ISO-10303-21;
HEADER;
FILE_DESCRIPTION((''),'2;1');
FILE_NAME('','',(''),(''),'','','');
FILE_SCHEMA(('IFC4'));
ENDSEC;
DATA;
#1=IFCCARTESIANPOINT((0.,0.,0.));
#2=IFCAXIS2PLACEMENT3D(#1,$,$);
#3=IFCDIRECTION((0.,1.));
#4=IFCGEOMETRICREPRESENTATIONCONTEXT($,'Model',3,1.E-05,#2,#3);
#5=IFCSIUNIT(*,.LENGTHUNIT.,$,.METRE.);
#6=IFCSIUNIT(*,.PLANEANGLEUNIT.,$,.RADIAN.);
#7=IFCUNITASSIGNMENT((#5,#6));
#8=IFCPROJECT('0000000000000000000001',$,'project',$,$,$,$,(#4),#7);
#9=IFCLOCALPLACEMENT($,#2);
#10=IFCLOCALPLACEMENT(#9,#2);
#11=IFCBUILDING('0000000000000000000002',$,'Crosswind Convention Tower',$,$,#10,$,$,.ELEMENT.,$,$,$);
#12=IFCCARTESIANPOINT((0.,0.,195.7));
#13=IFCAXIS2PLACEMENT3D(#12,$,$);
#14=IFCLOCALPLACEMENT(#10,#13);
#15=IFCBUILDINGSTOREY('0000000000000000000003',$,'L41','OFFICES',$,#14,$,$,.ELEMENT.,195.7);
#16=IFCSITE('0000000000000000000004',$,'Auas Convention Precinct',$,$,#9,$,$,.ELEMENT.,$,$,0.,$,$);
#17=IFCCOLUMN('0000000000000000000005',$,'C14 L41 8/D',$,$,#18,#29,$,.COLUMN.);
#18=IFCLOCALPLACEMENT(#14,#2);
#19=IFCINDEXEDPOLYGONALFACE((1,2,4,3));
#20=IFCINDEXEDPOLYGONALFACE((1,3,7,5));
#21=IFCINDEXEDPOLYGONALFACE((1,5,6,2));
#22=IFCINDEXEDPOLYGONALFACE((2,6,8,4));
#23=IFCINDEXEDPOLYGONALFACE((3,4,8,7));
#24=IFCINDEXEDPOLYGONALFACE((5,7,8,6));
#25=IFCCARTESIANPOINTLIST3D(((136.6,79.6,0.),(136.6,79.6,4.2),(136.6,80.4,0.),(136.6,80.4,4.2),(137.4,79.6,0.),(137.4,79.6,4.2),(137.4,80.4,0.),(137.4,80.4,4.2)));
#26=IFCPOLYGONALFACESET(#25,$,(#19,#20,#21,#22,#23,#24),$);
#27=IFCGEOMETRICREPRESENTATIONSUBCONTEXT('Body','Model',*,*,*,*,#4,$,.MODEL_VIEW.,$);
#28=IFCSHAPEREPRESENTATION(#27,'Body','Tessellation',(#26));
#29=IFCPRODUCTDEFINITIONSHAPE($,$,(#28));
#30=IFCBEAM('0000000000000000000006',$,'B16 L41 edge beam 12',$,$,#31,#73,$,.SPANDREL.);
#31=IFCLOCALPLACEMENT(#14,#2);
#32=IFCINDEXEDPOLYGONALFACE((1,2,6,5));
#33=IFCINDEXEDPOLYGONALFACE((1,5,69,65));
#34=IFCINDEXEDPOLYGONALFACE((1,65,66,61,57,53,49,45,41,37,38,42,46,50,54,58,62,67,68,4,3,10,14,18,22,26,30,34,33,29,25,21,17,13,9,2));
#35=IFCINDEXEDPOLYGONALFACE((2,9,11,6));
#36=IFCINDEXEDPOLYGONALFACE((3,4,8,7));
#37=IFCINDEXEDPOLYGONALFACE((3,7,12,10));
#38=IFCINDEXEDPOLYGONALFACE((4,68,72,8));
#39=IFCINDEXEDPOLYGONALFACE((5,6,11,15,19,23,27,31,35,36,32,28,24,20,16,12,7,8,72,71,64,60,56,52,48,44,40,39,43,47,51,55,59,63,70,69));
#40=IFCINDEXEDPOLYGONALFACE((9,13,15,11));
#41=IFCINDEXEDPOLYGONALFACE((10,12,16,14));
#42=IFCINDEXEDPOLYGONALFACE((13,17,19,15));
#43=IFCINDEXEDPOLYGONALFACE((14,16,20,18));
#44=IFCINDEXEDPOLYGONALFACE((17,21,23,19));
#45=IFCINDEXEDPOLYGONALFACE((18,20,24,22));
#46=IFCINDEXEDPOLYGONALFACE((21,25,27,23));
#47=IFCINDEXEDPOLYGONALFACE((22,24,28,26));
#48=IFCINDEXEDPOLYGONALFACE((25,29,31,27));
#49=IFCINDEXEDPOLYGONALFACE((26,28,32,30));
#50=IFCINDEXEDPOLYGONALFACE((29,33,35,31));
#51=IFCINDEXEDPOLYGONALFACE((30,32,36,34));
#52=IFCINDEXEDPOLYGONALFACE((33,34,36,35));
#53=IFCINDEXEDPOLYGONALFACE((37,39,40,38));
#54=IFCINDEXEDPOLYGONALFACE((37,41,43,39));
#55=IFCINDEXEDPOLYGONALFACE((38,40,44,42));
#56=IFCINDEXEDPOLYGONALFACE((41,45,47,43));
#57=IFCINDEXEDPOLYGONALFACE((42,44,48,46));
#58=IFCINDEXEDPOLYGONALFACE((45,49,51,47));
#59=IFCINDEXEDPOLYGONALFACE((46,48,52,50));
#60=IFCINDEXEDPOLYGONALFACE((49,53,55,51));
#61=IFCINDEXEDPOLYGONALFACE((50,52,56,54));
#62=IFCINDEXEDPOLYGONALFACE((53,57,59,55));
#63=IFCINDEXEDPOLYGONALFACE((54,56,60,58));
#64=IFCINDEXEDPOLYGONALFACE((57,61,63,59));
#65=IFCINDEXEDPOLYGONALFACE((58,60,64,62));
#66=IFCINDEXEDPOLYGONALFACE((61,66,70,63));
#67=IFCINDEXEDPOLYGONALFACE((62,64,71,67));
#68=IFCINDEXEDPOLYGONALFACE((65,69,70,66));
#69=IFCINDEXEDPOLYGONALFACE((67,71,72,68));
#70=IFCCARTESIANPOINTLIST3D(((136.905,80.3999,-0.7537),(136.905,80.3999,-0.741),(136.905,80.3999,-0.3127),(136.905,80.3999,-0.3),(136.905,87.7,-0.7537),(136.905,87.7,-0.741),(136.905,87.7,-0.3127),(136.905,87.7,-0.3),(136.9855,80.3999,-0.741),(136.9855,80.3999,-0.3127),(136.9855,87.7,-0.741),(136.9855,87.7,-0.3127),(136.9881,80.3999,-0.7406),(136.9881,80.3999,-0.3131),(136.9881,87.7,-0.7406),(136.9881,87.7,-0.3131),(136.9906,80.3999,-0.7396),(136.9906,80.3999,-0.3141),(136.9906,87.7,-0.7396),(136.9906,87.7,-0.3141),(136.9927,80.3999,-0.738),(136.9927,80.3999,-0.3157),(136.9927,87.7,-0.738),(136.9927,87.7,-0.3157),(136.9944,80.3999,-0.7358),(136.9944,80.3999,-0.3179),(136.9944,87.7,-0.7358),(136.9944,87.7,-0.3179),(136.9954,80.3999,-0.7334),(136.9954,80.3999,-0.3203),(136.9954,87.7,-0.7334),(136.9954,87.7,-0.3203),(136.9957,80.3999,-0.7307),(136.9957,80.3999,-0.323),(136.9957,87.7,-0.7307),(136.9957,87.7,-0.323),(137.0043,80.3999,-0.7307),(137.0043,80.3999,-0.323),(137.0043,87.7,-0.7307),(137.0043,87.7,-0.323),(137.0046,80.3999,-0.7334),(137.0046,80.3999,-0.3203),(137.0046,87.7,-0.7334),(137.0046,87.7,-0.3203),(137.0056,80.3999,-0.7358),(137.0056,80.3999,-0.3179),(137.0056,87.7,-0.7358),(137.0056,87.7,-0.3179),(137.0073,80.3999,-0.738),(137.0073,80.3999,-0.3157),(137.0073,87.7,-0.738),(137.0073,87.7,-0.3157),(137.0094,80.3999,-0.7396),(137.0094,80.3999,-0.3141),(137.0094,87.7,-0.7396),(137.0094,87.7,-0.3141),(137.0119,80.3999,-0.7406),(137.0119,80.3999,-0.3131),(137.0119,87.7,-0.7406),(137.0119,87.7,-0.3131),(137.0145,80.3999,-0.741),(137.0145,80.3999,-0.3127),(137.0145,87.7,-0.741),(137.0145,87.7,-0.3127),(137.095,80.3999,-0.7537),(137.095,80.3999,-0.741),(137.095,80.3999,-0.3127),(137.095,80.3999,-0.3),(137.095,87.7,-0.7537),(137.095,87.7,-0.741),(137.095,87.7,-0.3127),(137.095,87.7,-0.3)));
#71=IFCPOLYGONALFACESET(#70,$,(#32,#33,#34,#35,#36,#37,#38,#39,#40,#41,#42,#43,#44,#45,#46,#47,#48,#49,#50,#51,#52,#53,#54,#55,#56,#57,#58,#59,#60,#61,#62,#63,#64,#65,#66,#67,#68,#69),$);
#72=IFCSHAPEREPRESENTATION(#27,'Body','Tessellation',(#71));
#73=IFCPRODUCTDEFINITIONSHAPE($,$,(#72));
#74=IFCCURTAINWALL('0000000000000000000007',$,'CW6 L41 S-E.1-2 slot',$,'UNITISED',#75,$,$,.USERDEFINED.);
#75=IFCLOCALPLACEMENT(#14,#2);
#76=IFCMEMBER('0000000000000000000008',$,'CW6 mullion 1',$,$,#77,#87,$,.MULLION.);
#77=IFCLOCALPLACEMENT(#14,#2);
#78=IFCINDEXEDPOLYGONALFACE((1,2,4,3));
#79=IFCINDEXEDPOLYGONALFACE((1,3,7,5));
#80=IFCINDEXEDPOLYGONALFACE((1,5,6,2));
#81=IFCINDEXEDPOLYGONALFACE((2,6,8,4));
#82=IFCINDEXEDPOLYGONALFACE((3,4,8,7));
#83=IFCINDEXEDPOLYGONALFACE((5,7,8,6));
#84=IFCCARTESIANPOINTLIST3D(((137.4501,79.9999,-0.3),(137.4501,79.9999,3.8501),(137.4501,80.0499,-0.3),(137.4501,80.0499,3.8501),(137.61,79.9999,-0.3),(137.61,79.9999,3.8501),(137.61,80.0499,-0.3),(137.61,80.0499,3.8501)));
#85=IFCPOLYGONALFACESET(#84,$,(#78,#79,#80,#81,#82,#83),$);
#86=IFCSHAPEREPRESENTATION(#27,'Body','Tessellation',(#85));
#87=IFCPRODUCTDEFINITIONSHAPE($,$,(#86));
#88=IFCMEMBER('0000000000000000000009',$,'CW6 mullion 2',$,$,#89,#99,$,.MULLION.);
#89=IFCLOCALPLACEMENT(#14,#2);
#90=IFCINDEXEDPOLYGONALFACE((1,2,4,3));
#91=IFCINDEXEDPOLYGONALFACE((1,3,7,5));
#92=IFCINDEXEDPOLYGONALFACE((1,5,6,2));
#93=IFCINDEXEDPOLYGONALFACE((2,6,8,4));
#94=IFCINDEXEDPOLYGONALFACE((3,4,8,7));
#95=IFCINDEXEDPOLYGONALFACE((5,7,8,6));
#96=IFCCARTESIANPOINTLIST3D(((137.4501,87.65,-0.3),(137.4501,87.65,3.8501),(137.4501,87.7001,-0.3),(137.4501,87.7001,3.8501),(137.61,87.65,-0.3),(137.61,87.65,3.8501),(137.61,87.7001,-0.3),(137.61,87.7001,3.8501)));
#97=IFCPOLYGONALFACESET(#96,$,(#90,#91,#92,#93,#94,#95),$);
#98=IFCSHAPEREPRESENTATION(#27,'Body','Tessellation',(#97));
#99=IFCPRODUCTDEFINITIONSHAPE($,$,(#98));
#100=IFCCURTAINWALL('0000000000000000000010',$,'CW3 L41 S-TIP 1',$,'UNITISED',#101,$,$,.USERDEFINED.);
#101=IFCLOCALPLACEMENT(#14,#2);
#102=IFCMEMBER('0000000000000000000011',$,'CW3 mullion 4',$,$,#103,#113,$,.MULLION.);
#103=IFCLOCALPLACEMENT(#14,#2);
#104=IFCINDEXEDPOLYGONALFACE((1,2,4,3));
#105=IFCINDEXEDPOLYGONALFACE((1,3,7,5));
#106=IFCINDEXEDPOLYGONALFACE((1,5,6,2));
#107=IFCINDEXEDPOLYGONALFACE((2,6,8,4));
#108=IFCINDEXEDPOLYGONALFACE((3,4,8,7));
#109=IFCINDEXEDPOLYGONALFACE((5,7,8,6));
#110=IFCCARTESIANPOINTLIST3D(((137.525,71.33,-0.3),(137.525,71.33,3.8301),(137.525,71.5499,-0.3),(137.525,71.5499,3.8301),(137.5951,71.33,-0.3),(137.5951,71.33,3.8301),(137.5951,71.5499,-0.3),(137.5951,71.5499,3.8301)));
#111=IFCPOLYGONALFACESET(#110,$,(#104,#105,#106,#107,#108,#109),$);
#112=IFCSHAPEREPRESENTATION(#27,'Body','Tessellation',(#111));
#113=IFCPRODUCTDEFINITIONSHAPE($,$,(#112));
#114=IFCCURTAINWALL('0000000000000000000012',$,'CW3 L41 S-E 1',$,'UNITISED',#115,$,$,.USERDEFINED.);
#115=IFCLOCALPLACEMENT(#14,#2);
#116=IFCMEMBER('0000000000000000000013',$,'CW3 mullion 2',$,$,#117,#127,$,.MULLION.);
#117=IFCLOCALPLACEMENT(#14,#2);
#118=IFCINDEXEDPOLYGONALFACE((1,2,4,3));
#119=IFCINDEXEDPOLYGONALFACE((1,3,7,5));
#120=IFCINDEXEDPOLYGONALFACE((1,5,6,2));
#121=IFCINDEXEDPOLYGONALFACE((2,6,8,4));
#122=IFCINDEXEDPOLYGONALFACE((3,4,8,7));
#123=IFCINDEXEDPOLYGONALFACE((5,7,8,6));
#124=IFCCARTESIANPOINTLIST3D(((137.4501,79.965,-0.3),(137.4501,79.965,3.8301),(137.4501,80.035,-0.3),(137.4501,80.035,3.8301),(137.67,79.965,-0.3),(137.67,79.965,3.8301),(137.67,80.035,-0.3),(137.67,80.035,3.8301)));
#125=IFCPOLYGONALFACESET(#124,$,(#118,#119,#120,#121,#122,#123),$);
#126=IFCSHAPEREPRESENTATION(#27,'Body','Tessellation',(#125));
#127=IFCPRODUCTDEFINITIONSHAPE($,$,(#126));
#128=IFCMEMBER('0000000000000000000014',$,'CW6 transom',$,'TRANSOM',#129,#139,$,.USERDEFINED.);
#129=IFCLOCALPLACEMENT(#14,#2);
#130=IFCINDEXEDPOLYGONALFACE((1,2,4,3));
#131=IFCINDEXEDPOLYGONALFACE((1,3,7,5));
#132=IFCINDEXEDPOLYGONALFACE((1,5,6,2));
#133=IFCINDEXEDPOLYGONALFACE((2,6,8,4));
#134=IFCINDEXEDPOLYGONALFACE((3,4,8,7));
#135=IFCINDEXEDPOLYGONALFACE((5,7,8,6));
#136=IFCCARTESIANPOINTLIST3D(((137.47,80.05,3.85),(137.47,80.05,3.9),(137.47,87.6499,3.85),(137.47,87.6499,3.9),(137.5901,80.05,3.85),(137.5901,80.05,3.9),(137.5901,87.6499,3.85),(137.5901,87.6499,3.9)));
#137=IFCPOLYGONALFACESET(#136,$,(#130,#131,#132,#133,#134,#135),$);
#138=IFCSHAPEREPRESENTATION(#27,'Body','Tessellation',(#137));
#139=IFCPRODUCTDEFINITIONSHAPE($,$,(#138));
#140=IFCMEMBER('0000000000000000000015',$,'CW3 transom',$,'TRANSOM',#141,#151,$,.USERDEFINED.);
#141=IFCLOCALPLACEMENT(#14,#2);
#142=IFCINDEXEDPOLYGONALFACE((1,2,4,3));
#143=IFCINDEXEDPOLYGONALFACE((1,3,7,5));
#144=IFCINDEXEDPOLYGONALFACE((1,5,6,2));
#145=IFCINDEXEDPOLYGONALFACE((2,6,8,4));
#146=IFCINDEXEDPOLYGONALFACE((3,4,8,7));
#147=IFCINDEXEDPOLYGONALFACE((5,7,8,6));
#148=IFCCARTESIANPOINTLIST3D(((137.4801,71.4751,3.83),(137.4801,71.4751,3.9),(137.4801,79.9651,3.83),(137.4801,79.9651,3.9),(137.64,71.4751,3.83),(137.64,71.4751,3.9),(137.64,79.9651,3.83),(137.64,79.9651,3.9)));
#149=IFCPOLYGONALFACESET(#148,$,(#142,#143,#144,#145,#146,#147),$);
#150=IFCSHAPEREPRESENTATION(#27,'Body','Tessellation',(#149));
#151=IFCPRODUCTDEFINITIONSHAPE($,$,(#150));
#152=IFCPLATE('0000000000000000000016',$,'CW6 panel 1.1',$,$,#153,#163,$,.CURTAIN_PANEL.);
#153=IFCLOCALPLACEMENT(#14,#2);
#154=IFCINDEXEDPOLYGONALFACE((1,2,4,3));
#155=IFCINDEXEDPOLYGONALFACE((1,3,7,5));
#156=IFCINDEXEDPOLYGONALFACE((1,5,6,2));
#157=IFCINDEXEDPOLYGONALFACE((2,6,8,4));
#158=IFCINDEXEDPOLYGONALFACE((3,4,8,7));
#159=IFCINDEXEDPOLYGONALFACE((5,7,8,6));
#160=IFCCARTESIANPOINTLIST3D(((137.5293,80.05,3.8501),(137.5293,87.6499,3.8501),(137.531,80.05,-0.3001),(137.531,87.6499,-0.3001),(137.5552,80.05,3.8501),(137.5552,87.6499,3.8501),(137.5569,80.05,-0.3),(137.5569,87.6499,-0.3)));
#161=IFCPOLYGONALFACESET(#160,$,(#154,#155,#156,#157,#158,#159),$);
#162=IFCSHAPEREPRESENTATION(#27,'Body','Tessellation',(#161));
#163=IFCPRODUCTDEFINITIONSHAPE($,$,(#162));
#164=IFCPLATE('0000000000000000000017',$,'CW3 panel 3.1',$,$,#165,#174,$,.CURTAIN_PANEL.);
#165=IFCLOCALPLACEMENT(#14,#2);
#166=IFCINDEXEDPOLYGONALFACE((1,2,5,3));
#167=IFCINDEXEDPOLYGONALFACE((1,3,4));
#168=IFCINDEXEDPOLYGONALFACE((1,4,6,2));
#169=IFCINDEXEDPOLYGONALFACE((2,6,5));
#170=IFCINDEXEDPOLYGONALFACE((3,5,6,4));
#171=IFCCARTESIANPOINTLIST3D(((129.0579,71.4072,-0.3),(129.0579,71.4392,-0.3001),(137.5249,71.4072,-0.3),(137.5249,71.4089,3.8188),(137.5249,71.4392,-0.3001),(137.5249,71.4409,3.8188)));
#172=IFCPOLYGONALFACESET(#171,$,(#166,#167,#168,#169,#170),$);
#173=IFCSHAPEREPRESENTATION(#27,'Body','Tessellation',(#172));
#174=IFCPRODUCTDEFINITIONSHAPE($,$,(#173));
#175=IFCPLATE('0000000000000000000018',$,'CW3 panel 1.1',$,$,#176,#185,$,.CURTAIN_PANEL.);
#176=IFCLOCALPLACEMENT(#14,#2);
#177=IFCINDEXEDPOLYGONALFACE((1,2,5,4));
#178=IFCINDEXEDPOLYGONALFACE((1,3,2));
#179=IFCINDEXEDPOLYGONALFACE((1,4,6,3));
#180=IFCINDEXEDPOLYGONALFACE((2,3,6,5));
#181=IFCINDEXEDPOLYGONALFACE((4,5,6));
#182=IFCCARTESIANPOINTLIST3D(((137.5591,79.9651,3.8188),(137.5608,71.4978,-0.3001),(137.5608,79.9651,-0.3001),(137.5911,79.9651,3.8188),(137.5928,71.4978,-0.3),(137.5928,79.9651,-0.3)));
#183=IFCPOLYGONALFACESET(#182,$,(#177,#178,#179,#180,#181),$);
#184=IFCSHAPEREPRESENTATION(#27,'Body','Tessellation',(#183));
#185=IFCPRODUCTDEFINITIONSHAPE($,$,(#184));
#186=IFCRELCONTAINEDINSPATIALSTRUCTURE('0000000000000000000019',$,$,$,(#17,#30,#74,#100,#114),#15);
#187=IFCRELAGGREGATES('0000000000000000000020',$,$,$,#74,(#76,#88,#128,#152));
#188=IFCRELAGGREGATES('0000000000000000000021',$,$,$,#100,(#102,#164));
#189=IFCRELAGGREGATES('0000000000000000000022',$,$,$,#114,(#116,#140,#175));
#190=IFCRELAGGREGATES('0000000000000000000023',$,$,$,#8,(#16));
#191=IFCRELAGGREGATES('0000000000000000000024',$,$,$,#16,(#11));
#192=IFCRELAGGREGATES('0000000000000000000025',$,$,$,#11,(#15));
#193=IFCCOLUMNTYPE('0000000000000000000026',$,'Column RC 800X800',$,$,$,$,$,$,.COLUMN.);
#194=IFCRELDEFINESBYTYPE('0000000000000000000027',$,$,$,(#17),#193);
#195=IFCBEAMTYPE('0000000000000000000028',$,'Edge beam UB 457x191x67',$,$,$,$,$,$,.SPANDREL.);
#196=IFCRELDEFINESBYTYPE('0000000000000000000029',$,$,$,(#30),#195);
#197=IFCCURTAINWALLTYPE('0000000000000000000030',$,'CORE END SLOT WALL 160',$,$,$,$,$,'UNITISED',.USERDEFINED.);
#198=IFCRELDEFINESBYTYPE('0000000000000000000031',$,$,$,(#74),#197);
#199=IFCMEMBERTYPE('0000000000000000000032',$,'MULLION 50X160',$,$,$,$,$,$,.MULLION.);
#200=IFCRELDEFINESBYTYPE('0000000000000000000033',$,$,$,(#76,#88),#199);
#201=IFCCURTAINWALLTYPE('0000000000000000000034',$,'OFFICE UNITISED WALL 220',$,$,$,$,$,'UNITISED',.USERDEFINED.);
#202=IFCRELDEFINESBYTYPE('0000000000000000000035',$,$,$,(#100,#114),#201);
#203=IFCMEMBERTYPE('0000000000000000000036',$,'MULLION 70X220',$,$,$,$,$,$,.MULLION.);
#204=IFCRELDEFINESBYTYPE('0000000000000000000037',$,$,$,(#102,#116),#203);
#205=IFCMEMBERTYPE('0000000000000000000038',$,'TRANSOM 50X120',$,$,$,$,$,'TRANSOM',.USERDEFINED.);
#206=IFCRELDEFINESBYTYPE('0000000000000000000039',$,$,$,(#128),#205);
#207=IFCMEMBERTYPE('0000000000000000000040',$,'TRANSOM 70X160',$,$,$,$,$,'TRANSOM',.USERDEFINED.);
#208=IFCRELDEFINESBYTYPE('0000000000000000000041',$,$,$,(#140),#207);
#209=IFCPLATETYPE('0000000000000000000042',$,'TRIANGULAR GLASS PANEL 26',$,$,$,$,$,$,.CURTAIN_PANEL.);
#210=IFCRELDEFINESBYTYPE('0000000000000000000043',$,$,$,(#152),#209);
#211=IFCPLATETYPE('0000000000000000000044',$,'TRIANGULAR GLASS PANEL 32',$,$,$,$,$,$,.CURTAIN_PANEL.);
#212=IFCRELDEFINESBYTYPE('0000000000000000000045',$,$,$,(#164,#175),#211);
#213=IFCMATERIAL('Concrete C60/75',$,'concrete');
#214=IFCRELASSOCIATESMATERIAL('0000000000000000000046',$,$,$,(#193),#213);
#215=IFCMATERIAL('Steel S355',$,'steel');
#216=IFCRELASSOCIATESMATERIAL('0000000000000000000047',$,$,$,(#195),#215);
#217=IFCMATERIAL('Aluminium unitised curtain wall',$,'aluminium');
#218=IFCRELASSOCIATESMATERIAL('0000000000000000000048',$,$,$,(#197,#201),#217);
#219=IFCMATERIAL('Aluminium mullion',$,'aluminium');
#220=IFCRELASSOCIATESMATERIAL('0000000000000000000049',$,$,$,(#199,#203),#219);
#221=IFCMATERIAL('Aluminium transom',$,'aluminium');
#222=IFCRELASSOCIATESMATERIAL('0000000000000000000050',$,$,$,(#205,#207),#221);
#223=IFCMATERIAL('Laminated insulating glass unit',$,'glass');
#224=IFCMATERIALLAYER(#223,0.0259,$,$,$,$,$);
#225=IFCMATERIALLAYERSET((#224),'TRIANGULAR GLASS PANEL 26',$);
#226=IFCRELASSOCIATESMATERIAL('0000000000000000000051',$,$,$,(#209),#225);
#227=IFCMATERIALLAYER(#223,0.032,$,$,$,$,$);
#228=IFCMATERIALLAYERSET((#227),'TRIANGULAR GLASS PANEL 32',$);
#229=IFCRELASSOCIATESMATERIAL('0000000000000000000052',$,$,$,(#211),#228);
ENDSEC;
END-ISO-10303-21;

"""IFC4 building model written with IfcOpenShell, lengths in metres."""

from ifc_helpers import new_model, si_unit, direction, frame, origin, origin_2d, place, context, subcontext, project, spatial, polyline, rectangle, i_section, outline, extrude, material, layer, layer_set, material_profile, profile_set, type_object, element, aggregate, save


model = new_model("IFC4")

# Units and contexts
model_context = context("Model", 3, precision=1e-05, world=origin(), true_north=direction((0.0, 1.0)))
body_context = subcontext(model_context, "Body", "Model", "MODEL_VIEW")
ifc_project = project(units=[si_unit("LENGTHUNIT", "METRE"), si_unit("PLANEANGLEUNIT", "RADIAN")], contexts=[model_context])

# Site, building, storey
site_placement = place(None, origin())
site = spatial("IfcSite", under=ifc_project, at=site_placement, Name="Auas Convention Precinct", CompositionType="ELEMENT", RefElevation=0.0)
building_placement = place(site_placement, origin())
building = spatial("IfcBuilding", under=site, at=building_placement, Name="Crosswind Convention Tower", CompositionType="ELEMENT")
storey_placement = place(building_placement, frame((0.0, 0.0, 195.7)))
storey = spatial("IfcBuildingStorey", under=building, at=storey_placement, Name="L41", Description="OFFICES", CompositionType="ELEMENT", Elevation=195.7)

# Column
ifc_material_1 = material(Name="Concrete C60/75", Category="concrete")
ifc_material_profile_1 = material_profile(ifc_material_1, rectangle(XDim=0.8, YDim=0.8, at=origin_2d()), Name="RC 800X800")
ifc_profile_set_1 = profile_set([ifc_material_profile_1], Name="Concrete C60/75")
column_type = type_object("IfcColumnType", Name="Column RC 800X800", PredefinedType="COLUMN", material=ifc_profile_set_1)
column_placement = place(storey_placement, frame((137.0, 80.0, 0.0), z_axis=(0.0, 0.0, 1.0), x_axis=(1.0, 0.0, 0.0)))
element("IfcColumn", 1, at=column_placement, inside=storey, type_object=column_type, Name="C14 L41 8/D", PredefinedType="COLUMN", context=body_context, shape_type="SweptSolid", body=[
    extrude(rectangle(XDim=0.8, YDim=0.8, at=origin_2d()), origin(), (0.0, 0.0, 1.0), 4.2),
])

# Beam
ifc_material_2 = material(Name="Steel S355", Category="steel")
ifc_material_profile_2 = material_profile(ifc_material_2, i_section(OverallWidth=0.1899, OverallDepth=0.4536, WebThickness=0.0085, FlangeThickness=0.0127, FilletRadius=0.0103, at=origin_2d()), Name="UB 457x191x67")
ifc_profile_set_2 = profile_set([ifc_material_profile_2], Name="Steel S355")
beam_type = type_object("IfcBeamType", Name="Edge beam UB 457x191x67", PredefinedType="SPANDREL", material=ifc_profile_set_2)
beam_placement = place(storey_placement, frame((137.0, 80.3999, -0.5269), z_axis=(0.0, 1.0, 0.0), x_axis=(-1.0, 0.0, 0.0)))
element("IfcBeam", 2, at=beam_placement, inside=storey, type_object=beam_type, Name="B16 L41 edge beam 12", PredefinedType="SPANDREL", context=body_context, shape_type="SweptSolid", body=[
    extrude(i_section(OverallWidth=0.1899, OverallDepth=0.4536, WebThickness=0.0085, FlangeThickness=0.0127, FilletRadius=0.0103, at=origin_2d()), origin(), (0.0, 0.0, 1.0), 7.3),
])

# Curtain wall, members
ifc_material_3 = material(Name="Aluminium unitised curtain wall", Category="aluminium")
curtain_wall_type_1 = type_object("IfcCurtainWallType", Name="CORE END SLOT WALL 160", ElementType="UNITISED", PredefinedType="USERDEFINED", material=ifc_material_3)
curtain_wall_1_placement = place(storey_placement, origin())
curtain_wall_1 = element("IfcCurtainWall", 3, at=curtain_wall_1_placement, inside=storey, type_object=curtain_wall_type_1, Name="CW6 L41 S-E.1-2 slot", ObjectType="UNITISED", PredefinedType="USERDEFINED")
ifc_material_4 = material(Name="Aluminium mullion", Category="aluminium")
ifc_material_profile_3 = material_profile(ifc_material_4, rectangle(XDim=0.1599, YDim=0.05, at=origin_2d()), Name="AL 160X50")
ifc_profile_set_3 = profile_set([ifc_material_profile_3], Name="Aluminium mullion")
member_type_1 = type_object("IfcMemberType", Name="MULLION 50X160", PredefinedType="MULLION", material=ifc_profile_set_3)
member_1_placement = place(storey_placement, frame((137.53, 80.0249, -0.3), z_axis=(0.0, 0.0, 1.0), x_axis=(1.0, 0.0, 0.0)))
member_1 = element("IfcMember", 4, at=member_1_placement, type_object=member_type_1, Name="CW6 mullion 1", PredefinedType="MULLION", context=body_context, shape_type="SweptSolid", body=[
    extrude(rectangle(XDim=0.1599, YDim=0.05, at=origin_2d()), origin(), (0.0, 0.0, 1.0), 4.1501),
])
member_2_placement = place(storey_placement, frame((137.53, 87.675, -0.3), z_axis=(0.0, 0.0, 1.0), x_axis=(1.0, 0.0, 0.0)))
member_2 = element("IfcMember", 5, at=member_2_placement, type_object=member_type_1, Name="CW6 mullion 2", PredefinedType="MULLION", context=body_context, shape_type="SweptSolid", body=[
    extrude(rectangle(XDim=0.1599, YDim=0.05, at=origin_2d()), origin(), (0.0, 0.0, 1.0), 4.1501),
])

# Curtain walls, members
curtain_wall_type_2 = type_object("IfcCurtainWallType", Name="OFFICE UNITISED WALL 220", ElementType="UNITISED", PredefinedType="USERDEFINED", material=ifc_material_3)
curtain_wall_2_placement = place(storey_placement, origin())
curtain_wall_2 = element("IfcCurtainWall", 6, at=curtain_wall_2_placement, inside=storey, type_object=curtain_wall_type_2, Name="CW3 L41 S-TIP 1", ObjectType="UNITISED", PredefinedType="USERDEFINED")
ifc_material_profile_4 = material_profile(ifc_material_4, rectangle(XDim=0.22, YDim=0.0701, at=origin_2d()), Name="AL 220X70")
ifc_profile_set_4 = profile_set([ifc_material_profile_4], Name="Aluminium mullion")
member_type_2 = type_object("IfcMemberType", Name="MULLION 70X220", PredefinedType="MULLION", material=ifc_profile_set_4)
member_3_placement = place(storey_placement, frame((137.5601, 71.4399, -0.3), z_axis=(0.0, 0.0, 1.0), x_axis=(0.0, -1.0, 0.0)))
member_3 = element("IfcMember", 7, at=member_3_placement, type_object=member_type_2, Name="CW3 mullion 4", PredefinedType="MULLION", context=body_context, shape_type="SweptSolid", body=[
    extrude(rectangle(XDim=0.22, YDim=0.0701, at=origin_2d()), origin(), (0.0, 0.0, 1.0), 4.1301),
])
curtain_wall_3_placement = place(storey_placement, origin())
curtain_wall_3 = element("IfcCurtainWall", 8, at=curtain_wall_3_placement, inside=storey, type_object=curtain_wall_type_2, Name="CW3 L41 S-E 1", ObjectType="UNITISED", PredefinedType="USERDEFINED")
member_4_placement = place(storey_placement, frame((137.5601, 80.0, -0.3), z_axis=(0.0, 0.0, 1.0), x_axis=(1.0, 0.0, 0.0)))
member_4 = element("IfcMember", 9, at=member_4_placement, type_object=member_type_2, Name="CW3 mullion 2", PredefinedType="MULLION", context=body_context, shape_type="SweptSolid", body=[
    extrude(rectangle(XDim=0.22, YDim=0.0701, at=origin_2d()), origin(), (0.0, 0.0, 1.0), 4.1301),
])

# Members
ifc_material_5 = material(Name="Aluminium transom", Category="aluminium")
ifc_material_profile_5 = material_profile(ifc_material_5, rectangle(XDim=0.1201, YDim=0.05, at=origin_2d()), Name="AL 120X50")
ifc_profile_set_5 = profile_set([ifc_material_profile_5], Name="Aluminium transom")
member_type_3 = type_object("IfcMemberType", Name="TRANSOM 50X120", ElementType="TRANSOM", PredefinedType="USERDEFINED", material=ifc_profile_set_5)
member_5_placement = place(storey_placement, frame((137.53, 80.05, 3.875), z_axis=(0.0, 1.0, 0.0), x_axis=(-1.0, 0.0, 0.0)))
member_5 = element("IfcMember", 10, at=member_5_placement, type_object=member_type_3, Name="CW6 transom", ObjectType="TRANSOM", PredefinedType="USERDEFINED", context=body_context, shape_type="SweptSolid", body=[
    extrude(rectangle(XDim=0.1201, YDim=0.05, at=origin_2d()), origin(), (0.0, 0.0, 1.0), 7.5999),
])
ifc_material_profile_6 = material_profile(ifc_material_5, rectangle(XDim=0.1599, YDim=0.0701, at=origin_2d()), Name="AL 160X70")
ifc_profile_set_6 = profile_set([ifc_material_profile_6], Name="Aluminium transom")
member_type_4 = type_object("IfcMemberType", Name="TRANSOM 70X160", ElementType="TRANSOM", PredefinedType="USERDEFINED", material=ifc_profile_set_6)
member_6_placement = place(storey_placement, frame((137.5601, 71.4751, 3.865), z_axis=(0.0, 1.0, 0.0), x_axis=(-1.0, 0.0, 0.0)))
member_6 = element("IfcMember", 11, at=member_6_placement, type_object=member_type_4, Name="CW3 transom", ObjectType="TRANSOM", PredefinedType="USERDEFINED", context=body_context, shape_type="SweptSolid", body=[
    extrude(rectangle(XDim=0.1599, YDim=0.0701, at=origin_2d()), origin(), (0.0, 0.0, 1.0), 8.49),
])

# Plates
ifc_material_6 = material(Name="Laminated insulating glass unit", Category="glass")
ifc_layer_1 = layer(ifc_material_6, 0.0259)
ifc_layer_set_1 = layer_set([ifc_layer_1], Name="TRIANGULAR GLASS PANEL 26")
plate_type_1 = type_object("IfcPlateType", Name="TRIANGULAR GLASS PANEL 26", PredefinedType="CURTAIN_PANEL", material=ifc_layer_set_1)
plate_1_placement = place(storey_placement, frame((137.5569, 80.05, -0.3), z_axis=(1.0, 0.0, 0.000412), x_axis=(0.0, 1.0, 0.0)))
plate_1 = element("IfcPlate", 12, at=plate_1_placement, type_object=plate_type_1, Name="CW6 panel 1.1", PredefinedType="CURTAIN_PANEL", context=body_context, shape_type="SweptSolid", body=[
    extrude(outline(polyline([(0.0, 0.0), (7.5999, 0.0), (7.5999, 4.1501), (0.0, 4.1501), (0.0, 0.0)])), origin(), (0.0, 0.0, -1.0), 0.0259),
])
aggregate(curtain_wall_1, [member_1, member_2, member_5, plate_1])
ifc_layer_2 = layer(ifc_material_6, 0.032)
ifc_layer_set_2 = layer_set([ifc_layer_2], Name="TRIANGULAR GLASS PANEL 32")
plate_type_2 = type_object("IfcPlateType", Name="TRIANGULAR GLASS PANEL 32", PredefinedType="CURTAIN_PANEL", material=ifc_layer_set_2)
plate_2_placement = place(storey_placement, frame((137.5249, 71.4072, -0.3), z_axis=(0.0, -1.0, 0.000415), x_axis=(0.0, 0.000415, 1.0)))
plate_2 = element("IfcPlate", 13, at=plate_2_placement, type_object=plate_type_2, Name="CW3 panel 3.1", PredefinedType="CURTAIN_PANEL", context=body_context, shape_type="SweptSolid", body=[
    extrude(outline(polyline([(0.0, 0.0), (4.1189, 0.0), (0.0, 8.467), (0.0, 0.0)])), origin(), (0.0, 0.0, -1.0), 0.032),
])
aggregate(curtain_wall_2, [member_3, plate_2])
plate_3_placement = place(storey_placement, frame((137.5928, 79.9651, -0.3), z_axis=(1.0, 0.0, 0.000415), x_axis=(-0.000415, 0.0, 1.0)))
plate_3 = element("IfcPlate", 14, at=plate_3_placement, type_object=plate_type_2, Name="CW3 panel 1.1", PredefinedType="CURTAIN_PANEL", context=body_context, shape_type="SweptSolid", body=[
    extrude(outline(polyline([(0.0, 0.0), (4.1189, 0.0), (0.0, 8.4673), (0.0, 0.0)])), origin(), (0.0, 0.0, -1.0), 0.032),
])

aggregate(curtain_wall_3, [member_4, member_6, plate_3])

save(model, "model.ifc")
